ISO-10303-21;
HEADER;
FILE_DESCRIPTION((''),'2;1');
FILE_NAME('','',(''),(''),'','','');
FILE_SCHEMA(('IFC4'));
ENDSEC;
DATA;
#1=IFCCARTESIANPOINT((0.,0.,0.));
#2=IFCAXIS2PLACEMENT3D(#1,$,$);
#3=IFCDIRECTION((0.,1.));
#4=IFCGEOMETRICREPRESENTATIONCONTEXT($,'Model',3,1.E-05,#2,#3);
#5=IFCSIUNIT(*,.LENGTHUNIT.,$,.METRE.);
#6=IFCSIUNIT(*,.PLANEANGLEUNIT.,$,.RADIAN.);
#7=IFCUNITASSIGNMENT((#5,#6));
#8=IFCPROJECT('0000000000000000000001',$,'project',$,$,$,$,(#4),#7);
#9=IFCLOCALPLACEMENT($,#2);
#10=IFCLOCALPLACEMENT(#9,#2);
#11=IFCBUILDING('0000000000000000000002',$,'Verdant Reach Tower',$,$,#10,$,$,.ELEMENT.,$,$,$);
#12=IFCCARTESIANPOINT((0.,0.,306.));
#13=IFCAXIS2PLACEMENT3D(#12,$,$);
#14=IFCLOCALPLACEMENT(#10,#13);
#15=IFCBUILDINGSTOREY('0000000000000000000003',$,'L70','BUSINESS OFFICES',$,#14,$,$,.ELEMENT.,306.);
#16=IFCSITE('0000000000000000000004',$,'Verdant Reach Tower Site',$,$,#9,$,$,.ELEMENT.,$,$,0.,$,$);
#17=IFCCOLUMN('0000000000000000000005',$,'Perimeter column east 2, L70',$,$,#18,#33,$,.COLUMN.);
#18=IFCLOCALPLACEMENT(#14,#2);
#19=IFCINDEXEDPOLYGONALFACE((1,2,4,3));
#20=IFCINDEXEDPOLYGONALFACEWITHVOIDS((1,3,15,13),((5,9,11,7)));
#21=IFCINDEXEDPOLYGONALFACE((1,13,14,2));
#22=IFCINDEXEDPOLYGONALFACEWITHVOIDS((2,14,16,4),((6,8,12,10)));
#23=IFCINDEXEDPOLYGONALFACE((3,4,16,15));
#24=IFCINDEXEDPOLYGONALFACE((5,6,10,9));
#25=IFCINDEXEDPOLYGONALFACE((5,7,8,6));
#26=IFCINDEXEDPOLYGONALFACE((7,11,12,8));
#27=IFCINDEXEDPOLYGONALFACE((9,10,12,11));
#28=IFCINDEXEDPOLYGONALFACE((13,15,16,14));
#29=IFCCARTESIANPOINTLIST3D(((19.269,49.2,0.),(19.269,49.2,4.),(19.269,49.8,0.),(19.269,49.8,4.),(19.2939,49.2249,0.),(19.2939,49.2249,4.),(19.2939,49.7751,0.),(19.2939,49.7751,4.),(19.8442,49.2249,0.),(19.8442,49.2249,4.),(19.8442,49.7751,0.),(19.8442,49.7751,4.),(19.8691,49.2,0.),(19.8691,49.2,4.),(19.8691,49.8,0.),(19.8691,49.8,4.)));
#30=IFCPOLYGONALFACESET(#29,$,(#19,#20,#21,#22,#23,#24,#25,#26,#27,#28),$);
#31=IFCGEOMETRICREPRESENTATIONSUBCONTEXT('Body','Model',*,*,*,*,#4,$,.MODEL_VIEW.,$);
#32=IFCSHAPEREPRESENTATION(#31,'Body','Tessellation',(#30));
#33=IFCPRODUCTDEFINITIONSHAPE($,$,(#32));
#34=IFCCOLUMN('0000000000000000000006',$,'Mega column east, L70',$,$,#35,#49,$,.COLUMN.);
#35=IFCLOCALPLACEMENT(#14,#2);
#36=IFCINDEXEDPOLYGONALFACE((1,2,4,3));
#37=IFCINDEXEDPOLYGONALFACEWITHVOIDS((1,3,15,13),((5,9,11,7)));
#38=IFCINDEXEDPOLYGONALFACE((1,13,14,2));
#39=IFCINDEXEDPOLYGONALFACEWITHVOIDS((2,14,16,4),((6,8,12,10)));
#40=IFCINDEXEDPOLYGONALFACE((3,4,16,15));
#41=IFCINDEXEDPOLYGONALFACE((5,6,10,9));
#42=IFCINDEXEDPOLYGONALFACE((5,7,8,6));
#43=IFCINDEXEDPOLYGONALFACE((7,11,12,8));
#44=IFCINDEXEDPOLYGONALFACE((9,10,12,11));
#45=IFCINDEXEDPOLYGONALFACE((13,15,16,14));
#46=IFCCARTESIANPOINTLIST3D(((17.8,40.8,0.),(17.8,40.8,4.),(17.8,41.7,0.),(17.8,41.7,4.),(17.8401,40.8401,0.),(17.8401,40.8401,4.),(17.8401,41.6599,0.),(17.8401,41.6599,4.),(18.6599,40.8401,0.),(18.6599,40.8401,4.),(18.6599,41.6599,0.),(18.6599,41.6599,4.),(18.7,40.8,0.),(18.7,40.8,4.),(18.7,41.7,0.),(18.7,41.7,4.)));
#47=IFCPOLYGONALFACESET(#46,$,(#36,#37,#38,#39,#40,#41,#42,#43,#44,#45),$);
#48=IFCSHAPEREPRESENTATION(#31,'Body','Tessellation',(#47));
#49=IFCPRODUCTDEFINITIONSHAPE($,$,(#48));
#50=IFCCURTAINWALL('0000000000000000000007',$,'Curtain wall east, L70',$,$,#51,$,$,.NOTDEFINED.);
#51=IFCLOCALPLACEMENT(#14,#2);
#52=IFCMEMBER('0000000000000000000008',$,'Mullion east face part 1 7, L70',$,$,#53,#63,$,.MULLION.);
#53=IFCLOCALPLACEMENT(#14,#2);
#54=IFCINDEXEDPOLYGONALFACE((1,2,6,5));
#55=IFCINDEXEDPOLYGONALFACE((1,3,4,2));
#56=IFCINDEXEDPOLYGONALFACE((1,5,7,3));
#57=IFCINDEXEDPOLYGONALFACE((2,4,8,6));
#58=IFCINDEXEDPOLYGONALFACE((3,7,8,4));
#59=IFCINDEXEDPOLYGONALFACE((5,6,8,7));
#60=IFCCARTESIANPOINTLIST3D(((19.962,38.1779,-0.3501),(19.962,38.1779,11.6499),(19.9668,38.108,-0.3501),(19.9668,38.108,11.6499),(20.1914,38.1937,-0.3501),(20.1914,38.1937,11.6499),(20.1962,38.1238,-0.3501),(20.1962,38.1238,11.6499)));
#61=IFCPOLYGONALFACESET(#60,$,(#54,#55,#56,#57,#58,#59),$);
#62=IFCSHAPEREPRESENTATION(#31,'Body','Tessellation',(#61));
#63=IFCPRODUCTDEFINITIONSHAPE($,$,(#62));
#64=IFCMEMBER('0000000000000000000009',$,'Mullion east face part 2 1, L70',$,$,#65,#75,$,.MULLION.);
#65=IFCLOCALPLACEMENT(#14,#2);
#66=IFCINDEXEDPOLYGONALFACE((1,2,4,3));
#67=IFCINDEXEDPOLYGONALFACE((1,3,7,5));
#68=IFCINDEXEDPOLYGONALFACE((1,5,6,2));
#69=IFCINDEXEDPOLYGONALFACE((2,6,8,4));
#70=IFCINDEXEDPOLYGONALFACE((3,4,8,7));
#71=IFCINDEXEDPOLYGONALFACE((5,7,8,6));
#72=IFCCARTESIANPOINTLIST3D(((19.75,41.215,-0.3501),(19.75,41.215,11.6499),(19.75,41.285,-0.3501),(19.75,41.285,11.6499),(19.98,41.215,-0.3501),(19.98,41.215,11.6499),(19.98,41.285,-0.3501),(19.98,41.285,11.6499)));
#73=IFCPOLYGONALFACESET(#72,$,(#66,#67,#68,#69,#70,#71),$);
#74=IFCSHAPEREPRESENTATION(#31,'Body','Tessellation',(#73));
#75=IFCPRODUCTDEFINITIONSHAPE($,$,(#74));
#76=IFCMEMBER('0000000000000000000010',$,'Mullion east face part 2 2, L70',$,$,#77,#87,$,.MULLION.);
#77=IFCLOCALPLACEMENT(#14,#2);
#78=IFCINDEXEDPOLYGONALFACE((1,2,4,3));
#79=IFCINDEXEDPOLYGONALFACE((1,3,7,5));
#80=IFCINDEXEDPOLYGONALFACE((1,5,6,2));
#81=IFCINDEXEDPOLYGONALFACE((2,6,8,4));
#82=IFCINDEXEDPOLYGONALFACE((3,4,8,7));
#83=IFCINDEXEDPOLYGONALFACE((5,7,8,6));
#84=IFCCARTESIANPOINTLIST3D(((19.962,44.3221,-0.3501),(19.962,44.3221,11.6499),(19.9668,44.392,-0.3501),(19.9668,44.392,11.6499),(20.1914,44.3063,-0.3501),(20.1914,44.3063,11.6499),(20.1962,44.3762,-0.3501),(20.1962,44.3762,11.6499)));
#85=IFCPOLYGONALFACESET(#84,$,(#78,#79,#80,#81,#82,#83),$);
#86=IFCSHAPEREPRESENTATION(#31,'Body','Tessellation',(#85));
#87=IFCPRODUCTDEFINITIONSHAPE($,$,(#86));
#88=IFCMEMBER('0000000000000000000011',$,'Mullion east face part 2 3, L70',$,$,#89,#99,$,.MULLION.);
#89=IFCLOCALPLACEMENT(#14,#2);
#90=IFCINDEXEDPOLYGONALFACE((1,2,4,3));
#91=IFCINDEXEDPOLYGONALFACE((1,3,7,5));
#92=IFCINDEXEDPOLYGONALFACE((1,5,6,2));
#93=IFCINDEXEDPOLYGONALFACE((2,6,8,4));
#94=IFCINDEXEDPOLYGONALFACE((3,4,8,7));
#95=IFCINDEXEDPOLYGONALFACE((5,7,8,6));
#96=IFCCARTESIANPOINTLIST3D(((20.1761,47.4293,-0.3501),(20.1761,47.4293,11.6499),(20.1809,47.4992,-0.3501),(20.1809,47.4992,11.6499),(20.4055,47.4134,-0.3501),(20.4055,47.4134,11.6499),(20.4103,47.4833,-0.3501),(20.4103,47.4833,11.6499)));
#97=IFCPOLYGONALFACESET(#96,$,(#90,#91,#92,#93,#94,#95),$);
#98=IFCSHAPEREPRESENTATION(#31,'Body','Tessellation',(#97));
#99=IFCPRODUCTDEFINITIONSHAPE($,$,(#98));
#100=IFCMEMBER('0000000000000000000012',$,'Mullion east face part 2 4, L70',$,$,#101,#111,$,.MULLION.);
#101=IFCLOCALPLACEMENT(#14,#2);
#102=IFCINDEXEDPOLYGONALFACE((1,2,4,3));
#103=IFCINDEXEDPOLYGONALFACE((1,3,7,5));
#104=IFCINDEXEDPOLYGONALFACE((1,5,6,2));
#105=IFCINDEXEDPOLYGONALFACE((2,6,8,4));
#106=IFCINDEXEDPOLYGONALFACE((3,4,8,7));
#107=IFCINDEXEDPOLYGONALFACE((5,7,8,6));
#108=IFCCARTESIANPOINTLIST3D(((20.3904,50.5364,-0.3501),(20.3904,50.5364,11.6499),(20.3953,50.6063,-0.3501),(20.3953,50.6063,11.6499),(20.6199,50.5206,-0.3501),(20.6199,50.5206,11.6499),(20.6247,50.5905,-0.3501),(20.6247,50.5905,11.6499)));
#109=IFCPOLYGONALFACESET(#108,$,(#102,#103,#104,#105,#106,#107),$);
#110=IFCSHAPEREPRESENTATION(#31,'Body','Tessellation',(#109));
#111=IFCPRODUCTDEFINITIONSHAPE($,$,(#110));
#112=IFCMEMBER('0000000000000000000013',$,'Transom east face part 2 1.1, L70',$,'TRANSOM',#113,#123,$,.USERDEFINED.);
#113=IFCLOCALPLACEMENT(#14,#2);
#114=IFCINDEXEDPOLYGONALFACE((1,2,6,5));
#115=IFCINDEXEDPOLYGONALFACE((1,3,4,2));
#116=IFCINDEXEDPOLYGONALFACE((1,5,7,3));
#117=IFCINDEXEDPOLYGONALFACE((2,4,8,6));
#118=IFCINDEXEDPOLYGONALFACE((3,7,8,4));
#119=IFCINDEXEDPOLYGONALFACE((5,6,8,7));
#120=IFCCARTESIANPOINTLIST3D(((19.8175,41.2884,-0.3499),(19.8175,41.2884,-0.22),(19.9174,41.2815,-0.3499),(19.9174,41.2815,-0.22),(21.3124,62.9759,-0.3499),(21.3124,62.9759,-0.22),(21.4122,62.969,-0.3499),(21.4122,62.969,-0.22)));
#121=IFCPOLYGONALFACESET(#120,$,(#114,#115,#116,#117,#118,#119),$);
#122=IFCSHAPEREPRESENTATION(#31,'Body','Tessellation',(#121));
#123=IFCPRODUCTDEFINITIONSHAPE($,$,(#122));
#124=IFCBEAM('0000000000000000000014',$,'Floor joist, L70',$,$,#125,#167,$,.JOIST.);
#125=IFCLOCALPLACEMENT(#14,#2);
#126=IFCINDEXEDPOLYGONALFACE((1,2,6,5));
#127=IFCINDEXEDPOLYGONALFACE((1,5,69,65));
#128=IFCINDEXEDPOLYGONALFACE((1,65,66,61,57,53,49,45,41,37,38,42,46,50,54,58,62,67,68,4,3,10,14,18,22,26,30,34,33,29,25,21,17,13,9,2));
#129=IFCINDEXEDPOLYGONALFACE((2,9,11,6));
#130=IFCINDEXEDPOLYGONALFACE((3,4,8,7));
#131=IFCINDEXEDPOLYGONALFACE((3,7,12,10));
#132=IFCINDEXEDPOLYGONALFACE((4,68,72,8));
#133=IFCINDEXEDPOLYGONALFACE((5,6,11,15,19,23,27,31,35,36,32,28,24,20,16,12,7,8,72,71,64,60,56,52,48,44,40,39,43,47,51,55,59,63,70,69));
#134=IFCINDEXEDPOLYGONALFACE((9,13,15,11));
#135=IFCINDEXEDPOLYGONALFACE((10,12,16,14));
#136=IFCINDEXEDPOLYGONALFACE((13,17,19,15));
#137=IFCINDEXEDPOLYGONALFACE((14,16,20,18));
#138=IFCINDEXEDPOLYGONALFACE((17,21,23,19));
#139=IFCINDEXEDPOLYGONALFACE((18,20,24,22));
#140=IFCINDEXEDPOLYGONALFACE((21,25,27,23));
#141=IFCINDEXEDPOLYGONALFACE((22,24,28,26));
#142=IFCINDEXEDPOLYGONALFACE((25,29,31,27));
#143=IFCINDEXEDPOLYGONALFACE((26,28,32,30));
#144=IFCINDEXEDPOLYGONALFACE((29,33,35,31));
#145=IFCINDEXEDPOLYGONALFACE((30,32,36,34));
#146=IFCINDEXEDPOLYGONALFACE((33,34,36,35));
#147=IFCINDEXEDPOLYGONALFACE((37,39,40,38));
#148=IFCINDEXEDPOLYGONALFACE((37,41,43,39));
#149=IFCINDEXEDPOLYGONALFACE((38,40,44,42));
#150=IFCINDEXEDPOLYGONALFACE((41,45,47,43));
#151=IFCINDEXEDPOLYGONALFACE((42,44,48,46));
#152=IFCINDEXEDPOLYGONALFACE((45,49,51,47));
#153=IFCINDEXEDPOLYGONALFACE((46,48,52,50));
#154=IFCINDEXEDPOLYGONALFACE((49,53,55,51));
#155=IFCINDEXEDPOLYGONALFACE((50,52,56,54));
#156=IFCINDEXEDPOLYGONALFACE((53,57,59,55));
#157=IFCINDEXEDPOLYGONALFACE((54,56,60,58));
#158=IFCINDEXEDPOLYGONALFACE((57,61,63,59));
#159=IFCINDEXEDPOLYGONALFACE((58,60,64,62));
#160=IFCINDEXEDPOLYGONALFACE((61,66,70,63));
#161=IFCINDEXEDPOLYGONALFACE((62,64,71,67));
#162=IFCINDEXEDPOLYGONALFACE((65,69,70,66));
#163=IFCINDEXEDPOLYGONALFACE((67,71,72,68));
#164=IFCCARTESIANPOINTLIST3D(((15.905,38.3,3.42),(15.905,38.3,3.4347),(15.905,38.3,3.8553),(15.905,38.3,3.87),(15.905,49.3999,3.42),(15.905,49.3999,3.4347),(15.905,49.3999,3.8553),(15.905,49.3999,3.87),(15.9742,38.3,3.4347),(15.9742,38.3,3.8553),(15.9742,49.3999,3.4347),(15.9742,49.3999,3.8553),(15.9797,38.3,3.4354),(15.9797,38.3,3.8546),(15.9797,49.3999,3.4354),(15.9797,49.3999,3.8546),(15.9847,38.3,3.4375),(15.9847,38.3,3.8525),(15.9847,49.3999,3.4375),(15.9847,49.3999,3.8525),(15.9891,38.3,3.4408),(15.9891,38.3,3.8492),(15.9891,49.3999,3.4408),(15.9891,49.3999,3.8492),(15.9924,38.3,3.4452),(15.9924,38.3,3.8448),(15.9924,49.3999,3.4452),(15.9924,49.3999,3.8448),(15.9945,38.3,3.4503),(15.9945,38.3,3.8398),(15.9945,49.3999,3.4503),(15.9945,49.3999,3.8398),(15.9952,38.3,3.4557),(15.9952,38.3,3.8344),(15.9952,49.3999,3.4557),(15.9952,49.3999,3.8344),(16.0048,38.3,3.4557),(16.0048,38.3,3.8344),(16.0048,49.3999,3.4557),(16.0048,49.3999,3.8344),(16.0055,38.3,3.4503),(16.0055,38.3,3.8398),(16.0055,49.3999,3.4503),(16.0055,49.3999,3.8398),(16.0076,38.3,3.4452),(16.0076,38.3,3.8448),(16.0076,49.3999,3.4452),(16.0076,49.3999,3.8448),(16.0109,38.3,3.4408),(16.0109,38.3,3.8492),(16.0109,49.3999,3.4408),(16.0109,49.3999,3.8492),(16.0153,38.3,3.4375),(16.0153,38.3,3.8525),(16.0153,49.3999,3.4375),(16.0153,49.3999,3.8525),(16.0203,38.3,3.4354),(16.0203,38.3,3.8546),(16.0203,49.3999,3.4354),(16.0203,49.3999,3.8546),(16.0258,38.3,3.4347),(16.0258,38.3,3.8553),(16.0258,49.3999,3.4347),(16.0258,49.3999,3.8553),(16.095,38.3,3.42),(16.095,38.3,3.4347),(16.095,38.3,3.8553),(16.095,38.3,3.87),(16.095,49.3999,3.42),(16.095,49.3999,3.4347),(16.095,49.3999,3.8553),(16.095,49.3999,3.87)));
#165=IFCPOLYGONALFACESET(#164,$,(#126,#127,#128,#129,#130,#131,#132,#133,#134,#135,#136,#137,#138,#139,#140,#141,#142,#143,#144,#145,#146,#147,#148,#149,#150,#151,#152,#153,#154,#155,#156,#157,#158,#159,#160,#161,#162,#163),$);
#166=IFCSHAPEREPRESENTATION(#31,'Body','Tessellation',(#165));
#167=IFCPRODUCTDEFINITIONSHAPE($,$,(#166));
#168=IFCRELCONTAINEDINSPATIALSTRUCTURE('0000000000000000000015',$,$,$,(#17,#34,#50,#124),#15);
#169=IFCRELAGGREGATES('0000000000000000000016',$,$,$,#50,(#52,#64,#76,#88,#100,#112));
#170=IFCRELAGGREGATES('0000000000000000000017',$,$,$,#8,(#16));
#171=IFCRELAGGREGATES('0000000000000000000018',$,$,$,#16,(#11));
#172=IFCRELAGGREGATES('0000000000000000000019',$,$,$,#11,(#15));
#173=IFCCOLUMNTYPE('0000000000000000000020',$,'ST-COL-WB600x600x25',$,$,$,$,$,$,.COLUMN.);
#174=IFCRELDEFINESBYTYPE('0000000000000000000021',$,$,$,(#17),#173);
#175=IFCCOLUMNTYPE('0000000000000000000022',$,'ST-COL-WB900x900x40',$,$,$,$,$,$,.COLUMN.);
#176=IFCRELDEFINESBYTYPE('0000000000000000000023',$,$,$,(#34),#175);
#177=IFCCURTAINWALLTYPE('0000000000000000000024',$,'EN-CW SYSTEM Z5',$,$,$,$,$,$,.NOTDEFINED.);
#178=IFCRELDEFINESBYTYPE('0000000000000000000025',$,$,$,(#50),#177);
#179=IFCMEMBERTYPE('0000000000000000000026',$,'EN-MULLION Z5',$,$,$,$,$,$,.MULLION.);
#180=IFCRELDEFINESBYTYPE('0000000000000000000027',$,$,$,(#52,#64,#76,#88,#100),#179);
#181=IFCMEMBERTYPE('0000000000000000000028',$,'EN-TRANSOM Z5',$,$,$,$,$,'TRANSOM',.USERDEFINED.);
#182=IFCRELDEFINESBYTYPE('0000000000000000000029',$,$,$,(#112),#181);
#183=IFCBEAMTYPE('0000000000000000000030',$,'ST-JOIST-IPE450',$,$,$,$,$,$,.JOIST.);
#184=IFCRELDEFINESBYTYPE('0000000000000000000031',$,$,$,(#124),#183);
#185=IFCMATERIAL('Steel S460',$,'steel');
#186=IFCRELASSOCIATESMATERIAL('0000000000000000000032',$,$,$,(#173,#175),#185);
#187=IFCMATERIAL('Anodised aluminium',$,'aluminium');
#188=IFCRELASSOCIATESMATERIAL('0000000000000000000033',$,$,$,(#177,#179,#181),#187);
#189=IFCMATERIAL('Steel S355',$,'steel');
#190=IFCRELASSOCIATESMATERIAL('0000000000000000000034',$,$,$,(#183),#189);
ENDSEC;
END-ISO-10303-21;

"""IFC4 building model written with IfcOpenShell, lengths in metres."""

from ifc_helpers import new_model, si_unit, direction, frame, origin, origin_2d, place, context, subcontext, project, spatial, rectangle, hollow_rectangle, i_section, extrude, material, material_profile, profile_set, type_object, element, aggregate, save


model = new_model("IFC4")

# Units and contexts
model_context = context("Model", 3, precision=1e-05, world=origin(), true_north=direction((0.0, 1.0)))
body_context = subcontext(model_context, "Body", "Model", "MODEL_VIEW")
ifc_project = project(units=[si_unit("LENGTHUNIT", "METRE"), si_unit("PLANEANGLEUNIT", "RADIAN")], contexts=[model_context])

# Site, building, storey
site_placement = place(None, origin())
site = spatial("IfcSite", under=ifc_project, at=site_placement, Name="Verdant Reach Tower Site", CompositionType="ELEMENT", RefElevation=0.0)
building_placement = place(site_placement, origin())
building = spatial("IfcBuilding", under=site, at=building_placement, Name="Verdant Reach Tower", CompositionType="ELEMENT")
storey_placement = place(building_placement, frame((0.0, 0.0, 306.0)))
storey = spatial("IfcBuildingStorey", under=building, at=storey_placement, Name="L70", Description="BUSINESS OFFICES", CompositionType="ELEMENT", Elevation=306.0)

# Columns
ifc_material_1 = material(Name="Steel S460", Category="steel")
ifc_material_profile_1 = material_profile(ifc_material_1, hollow_rectangle(XDim=0.6001, YDim=0.6001, WallThickness=0.0249, at=origin_2d()), Name="WB 600x600x25")
ifc_profile_set_1 = profile_set([ifc_material_profile_1], Name="Steel S460")
column_type_1 = type_object("IfcColumnType", Name="ST-COL-WB600x600x25", PredefinedType="COLUMN", material=ifc_profile_set_1)
column_1_placement = place(storey_placement, frame((19.5691, 49.5, 0.0), z_axis=(0.0, 0.0, 1.0), x_axis=(1.0, 0.0, 0.0)))
element("IfcColumn", 1, at=column_1_placement, inside=storey, type_object=column_type_1, Name="Perimeter column east 2, L70", PredefinedType="COLUMN", context=body_context, shape_type="SweptSolid", body=[
    extrude(hollow_rectangle(XDim=0.6001, YDim=0.6001, WallThickness=0.0249, at=origin_2d()), origin(), (0.0, 0.0, 1.0), 4.0),
])
ifc_material_profile_2 = material_profile(ifc_material_1, hollow_rectangle(XDim=0.8999, YDim=0.8999, WallThickness=0.04, at=origin_2d()), Name="WB 900x900x40")
ifc_profile_set_2 = profile_set([ifc_material_profile_2], Name="Steel S460")
column_type_2 = type_object("IfcColumnType", Name="ST-COL-WB900x900x40", PredefinedType="COLUMN", material=ifc_profile_set_2)
column_2_placement = place(storey_placement, frame((18.25, 41.25, 0.0), z_axis=(0.0, 0.0, 1.0), x_axis=(1.0, 0.0, 0.0)))
element("IfcColumn", 2, at=column_2_placement, inside=storey, type_object=column_type_2, Name="Mega column east, L70", PredefinedType="COLUMN", context=body_context, shape_type="SweptSolid", body=[
    extrude(hollow_rectangle(XDim=0.8999, YDim=0.8999, WallThickness=0.04, at=origin_2d()), origin(), (0.0, 0.0, 1.0), 4.0),
])

# Curtain wall, members
ifc_material_2 = material(Name="Anodised aluminium", Category="aluminium")
curtain_wall_type = type_object("IfcCurtainWallType", Name="EN-CW SYSTEM Z5", PredefinedType="NOTDEFINED", material=ifc_material_2)
curtain_wall_placement = place(storey_placement, origin())
curtain_wall = element("IfcCurtainWall", 3, at=curtain_wall_placement, inside=storey, type_object=curtain_wall_type, Name="Curtain wall east, L70", PredefinedType="NOTDEFINED")
ifc_material_profile_3 = material_profile(ifc_material_2, rectangle(XDim=0.23, YDim=0.0701, at=origin_2d()), Name="Mullion 70x230")
ifc_profile_set_3 = profile_set([ifc_material_profile_3], Name="Anodised aluminium")
member_type_1 = type_object("IfcMemberType", Name="EN-MULLION Z5", PredefinedType="MULLION", material=ifc_profile_set_3)
member_1_placement = place(storey_placement, frame((20.0791, 38.1509, -0.3501), z_axis=(0.0, 0.0, 1.0), x_axis=(0.99763, 0.068802, 0.0)))
member_1 = element("IfcMember", 4, at=member_1_placement, type_object=member_type_1, Name="Mullion east face part 1 7, L70", PredefinedType="MULLION", context=body_context, shape_type="SweptSolid", body=[
    extrude(rectangle(XDim=0.23, YDim=0.0701, at=origin_2d()), origin(), (0.0, 0.0, 1.0), 12.0),
])
member_2_placement = place(storey_placement, frame((19.865, 41.25, -0.3501), z_axis=(0.0, 0.0, 1.0), x_axis=(1.0, 0.0, 0.0)))
member_2 = element("IfcMember", 5, at=member_2_placement, type_object=member_type_1, Name="Mullion east face part 2 1, L70", PredefinedType="MULLION", context=body_context, shape_type="SweptSolid", body=[
    extrude(rectangle(XDim=0.23, YDim=0.0701, at=origin_2d()), origin(), (0.0, 0.0, 1.0), 12.0),
])
member_3_placement = place(storey_placement, frame((20.0791, 44.3491, -0.3501), z_axis=(0.0, 0.0, 1.0), x_axis=(0.99763, -0.068802, 0.0)))
member_3 = element("IfcMember", 6, at=member_3_placement, type_object=member_type_1, Name="Mullion east face part 2 2, L70", PredefinedType="MULLION", context=body_context, shape_type="SweptSolid", body=[
    extrude(rectangle(XDim=0.23, YDim=0.0701, at=origin_2d()), origin(), (0.0, 0.0, 1.0), 12.0),
])
member_4_placement = place(storey_placement, frame((20.2932, 47.4563, -0.3501), z_axis=(0.0, 0.0, 1.0), x_axis=(0.99763, -0.068802, 0.0)))
member_4 = element("IfcMember", 7, at=member_4_placement, type_object=member_type_1, Name="Mullion east face part 2 3, L70", PredefinedType="MULLION", context=body_context, shape_type="SweptSolid", body=[
    extrude(rectangle(XDim=0.23, YDim=0.0701, at=origin_2d()), origin(), (0.0, 0.0, 1.0), 12.0),
])
member_5_placement = place(storey_placement, frame((20.5076, 50.5635, -0.3501), z_axis=(0.0, 0.0, 1.0), x_axis=(0.99763, -0.068802, 0.0)))
member_5 = element("IfcMember", 8, at=member_5_placement, type_object=member_type_1, Name="Mullion east face part 2 4, L70", PredefinedType="MULLION", context=body_context, shape_type="SweptSolid", body=[
    extrude(rectangle(XDim=0.23, YDim=0.0701, at=origin_2d()), origin(), (0.0, 0.0, 1.0), 12.0),
])
ifc_material_profile_4 = material_profile(ifc_material_2, rectangle(XDim=0.1001, YDim=0.1299, at=origin_2d()), Name="Transom 130x100")
ifc_profile_set_4 = profile_set([ifc_material_profile_4], Name="Anodised aluminium")
member_type_2 = type_object("IfcMemberType", Name="EN-TRANSOM Z5", ElementType="TRANSOM", PredefinedType="USERDEFINED", material=ifc_profile_set_4)
member_6_placement = place(storey_placement, frame((19.8674, 41.2849, -0.2849), z_axis=(0.068765, 0.997633, 0.0), x_axis=(-0.997633, 0.068765, 0.0)))
member_6 = element("IfcMember", 9, at=member_6_placement, type_object=member_type_2, Name="Transom east face part 2 1.1, L70", ObjectType="TRANSOM", PredefinedType="USERDEFINED", context=body_context, shape_type="SweptSolid", body=[
    extrude(rectangle(XDim=0.1001, YDim=0.1299, at=origin_2d()), origin(), (0.0, 0.0, 1.0), 21.739),
])

# Beam
ifc_material_3 = material(Name="Steel S355", Category="steel")
ifc_material_profile_5 = material_profile(ifc_material_3, i_section(OverallWidth=0.1899, OverallDepth=0.45, WebThickness=0.0095, FlangeThickness=0.0146, FilletRadius=0.021, at=origin_2d()), Name="IPE 450")
ifc_profile_set_5 = profile_set([ifc_material_profile_5], Name="Steel S355")
beam_type_1 = type_object("IfcBeamType", Name="ST-JOIST-IPE450", PredefinedType="JOIST", material=ifc_profile_set_5)
beam_1_placement = place(storey_placement, frame((16.0, 38.3, 3.645), z_axis=(0.0, 1.0, 0.0), x_axis=(-1.0, 0.0, 0.0)))
element("IfcBeam", 10, at=beam_1_placement, inside=storey, type_object=beam_type_1, Name="Floor joist, L70", PredefinedType="JOIST", context=body_context, shape_type="SweptSolid", body=[
    extrude(i_section(OverallWidth=0.1899, OverallDepth=0.45, WebThickness=0.0095, FlangeThickness=0.0146, FilletRadius=0.021, at=origin_2d()), origin(), (0.0, 0.0, 1.0), 11.0999),
])

aggregate(curtain_wall, [member_1, member_2, member_3, member_4, member_5, member_6])

save(model, "model.ifc")
